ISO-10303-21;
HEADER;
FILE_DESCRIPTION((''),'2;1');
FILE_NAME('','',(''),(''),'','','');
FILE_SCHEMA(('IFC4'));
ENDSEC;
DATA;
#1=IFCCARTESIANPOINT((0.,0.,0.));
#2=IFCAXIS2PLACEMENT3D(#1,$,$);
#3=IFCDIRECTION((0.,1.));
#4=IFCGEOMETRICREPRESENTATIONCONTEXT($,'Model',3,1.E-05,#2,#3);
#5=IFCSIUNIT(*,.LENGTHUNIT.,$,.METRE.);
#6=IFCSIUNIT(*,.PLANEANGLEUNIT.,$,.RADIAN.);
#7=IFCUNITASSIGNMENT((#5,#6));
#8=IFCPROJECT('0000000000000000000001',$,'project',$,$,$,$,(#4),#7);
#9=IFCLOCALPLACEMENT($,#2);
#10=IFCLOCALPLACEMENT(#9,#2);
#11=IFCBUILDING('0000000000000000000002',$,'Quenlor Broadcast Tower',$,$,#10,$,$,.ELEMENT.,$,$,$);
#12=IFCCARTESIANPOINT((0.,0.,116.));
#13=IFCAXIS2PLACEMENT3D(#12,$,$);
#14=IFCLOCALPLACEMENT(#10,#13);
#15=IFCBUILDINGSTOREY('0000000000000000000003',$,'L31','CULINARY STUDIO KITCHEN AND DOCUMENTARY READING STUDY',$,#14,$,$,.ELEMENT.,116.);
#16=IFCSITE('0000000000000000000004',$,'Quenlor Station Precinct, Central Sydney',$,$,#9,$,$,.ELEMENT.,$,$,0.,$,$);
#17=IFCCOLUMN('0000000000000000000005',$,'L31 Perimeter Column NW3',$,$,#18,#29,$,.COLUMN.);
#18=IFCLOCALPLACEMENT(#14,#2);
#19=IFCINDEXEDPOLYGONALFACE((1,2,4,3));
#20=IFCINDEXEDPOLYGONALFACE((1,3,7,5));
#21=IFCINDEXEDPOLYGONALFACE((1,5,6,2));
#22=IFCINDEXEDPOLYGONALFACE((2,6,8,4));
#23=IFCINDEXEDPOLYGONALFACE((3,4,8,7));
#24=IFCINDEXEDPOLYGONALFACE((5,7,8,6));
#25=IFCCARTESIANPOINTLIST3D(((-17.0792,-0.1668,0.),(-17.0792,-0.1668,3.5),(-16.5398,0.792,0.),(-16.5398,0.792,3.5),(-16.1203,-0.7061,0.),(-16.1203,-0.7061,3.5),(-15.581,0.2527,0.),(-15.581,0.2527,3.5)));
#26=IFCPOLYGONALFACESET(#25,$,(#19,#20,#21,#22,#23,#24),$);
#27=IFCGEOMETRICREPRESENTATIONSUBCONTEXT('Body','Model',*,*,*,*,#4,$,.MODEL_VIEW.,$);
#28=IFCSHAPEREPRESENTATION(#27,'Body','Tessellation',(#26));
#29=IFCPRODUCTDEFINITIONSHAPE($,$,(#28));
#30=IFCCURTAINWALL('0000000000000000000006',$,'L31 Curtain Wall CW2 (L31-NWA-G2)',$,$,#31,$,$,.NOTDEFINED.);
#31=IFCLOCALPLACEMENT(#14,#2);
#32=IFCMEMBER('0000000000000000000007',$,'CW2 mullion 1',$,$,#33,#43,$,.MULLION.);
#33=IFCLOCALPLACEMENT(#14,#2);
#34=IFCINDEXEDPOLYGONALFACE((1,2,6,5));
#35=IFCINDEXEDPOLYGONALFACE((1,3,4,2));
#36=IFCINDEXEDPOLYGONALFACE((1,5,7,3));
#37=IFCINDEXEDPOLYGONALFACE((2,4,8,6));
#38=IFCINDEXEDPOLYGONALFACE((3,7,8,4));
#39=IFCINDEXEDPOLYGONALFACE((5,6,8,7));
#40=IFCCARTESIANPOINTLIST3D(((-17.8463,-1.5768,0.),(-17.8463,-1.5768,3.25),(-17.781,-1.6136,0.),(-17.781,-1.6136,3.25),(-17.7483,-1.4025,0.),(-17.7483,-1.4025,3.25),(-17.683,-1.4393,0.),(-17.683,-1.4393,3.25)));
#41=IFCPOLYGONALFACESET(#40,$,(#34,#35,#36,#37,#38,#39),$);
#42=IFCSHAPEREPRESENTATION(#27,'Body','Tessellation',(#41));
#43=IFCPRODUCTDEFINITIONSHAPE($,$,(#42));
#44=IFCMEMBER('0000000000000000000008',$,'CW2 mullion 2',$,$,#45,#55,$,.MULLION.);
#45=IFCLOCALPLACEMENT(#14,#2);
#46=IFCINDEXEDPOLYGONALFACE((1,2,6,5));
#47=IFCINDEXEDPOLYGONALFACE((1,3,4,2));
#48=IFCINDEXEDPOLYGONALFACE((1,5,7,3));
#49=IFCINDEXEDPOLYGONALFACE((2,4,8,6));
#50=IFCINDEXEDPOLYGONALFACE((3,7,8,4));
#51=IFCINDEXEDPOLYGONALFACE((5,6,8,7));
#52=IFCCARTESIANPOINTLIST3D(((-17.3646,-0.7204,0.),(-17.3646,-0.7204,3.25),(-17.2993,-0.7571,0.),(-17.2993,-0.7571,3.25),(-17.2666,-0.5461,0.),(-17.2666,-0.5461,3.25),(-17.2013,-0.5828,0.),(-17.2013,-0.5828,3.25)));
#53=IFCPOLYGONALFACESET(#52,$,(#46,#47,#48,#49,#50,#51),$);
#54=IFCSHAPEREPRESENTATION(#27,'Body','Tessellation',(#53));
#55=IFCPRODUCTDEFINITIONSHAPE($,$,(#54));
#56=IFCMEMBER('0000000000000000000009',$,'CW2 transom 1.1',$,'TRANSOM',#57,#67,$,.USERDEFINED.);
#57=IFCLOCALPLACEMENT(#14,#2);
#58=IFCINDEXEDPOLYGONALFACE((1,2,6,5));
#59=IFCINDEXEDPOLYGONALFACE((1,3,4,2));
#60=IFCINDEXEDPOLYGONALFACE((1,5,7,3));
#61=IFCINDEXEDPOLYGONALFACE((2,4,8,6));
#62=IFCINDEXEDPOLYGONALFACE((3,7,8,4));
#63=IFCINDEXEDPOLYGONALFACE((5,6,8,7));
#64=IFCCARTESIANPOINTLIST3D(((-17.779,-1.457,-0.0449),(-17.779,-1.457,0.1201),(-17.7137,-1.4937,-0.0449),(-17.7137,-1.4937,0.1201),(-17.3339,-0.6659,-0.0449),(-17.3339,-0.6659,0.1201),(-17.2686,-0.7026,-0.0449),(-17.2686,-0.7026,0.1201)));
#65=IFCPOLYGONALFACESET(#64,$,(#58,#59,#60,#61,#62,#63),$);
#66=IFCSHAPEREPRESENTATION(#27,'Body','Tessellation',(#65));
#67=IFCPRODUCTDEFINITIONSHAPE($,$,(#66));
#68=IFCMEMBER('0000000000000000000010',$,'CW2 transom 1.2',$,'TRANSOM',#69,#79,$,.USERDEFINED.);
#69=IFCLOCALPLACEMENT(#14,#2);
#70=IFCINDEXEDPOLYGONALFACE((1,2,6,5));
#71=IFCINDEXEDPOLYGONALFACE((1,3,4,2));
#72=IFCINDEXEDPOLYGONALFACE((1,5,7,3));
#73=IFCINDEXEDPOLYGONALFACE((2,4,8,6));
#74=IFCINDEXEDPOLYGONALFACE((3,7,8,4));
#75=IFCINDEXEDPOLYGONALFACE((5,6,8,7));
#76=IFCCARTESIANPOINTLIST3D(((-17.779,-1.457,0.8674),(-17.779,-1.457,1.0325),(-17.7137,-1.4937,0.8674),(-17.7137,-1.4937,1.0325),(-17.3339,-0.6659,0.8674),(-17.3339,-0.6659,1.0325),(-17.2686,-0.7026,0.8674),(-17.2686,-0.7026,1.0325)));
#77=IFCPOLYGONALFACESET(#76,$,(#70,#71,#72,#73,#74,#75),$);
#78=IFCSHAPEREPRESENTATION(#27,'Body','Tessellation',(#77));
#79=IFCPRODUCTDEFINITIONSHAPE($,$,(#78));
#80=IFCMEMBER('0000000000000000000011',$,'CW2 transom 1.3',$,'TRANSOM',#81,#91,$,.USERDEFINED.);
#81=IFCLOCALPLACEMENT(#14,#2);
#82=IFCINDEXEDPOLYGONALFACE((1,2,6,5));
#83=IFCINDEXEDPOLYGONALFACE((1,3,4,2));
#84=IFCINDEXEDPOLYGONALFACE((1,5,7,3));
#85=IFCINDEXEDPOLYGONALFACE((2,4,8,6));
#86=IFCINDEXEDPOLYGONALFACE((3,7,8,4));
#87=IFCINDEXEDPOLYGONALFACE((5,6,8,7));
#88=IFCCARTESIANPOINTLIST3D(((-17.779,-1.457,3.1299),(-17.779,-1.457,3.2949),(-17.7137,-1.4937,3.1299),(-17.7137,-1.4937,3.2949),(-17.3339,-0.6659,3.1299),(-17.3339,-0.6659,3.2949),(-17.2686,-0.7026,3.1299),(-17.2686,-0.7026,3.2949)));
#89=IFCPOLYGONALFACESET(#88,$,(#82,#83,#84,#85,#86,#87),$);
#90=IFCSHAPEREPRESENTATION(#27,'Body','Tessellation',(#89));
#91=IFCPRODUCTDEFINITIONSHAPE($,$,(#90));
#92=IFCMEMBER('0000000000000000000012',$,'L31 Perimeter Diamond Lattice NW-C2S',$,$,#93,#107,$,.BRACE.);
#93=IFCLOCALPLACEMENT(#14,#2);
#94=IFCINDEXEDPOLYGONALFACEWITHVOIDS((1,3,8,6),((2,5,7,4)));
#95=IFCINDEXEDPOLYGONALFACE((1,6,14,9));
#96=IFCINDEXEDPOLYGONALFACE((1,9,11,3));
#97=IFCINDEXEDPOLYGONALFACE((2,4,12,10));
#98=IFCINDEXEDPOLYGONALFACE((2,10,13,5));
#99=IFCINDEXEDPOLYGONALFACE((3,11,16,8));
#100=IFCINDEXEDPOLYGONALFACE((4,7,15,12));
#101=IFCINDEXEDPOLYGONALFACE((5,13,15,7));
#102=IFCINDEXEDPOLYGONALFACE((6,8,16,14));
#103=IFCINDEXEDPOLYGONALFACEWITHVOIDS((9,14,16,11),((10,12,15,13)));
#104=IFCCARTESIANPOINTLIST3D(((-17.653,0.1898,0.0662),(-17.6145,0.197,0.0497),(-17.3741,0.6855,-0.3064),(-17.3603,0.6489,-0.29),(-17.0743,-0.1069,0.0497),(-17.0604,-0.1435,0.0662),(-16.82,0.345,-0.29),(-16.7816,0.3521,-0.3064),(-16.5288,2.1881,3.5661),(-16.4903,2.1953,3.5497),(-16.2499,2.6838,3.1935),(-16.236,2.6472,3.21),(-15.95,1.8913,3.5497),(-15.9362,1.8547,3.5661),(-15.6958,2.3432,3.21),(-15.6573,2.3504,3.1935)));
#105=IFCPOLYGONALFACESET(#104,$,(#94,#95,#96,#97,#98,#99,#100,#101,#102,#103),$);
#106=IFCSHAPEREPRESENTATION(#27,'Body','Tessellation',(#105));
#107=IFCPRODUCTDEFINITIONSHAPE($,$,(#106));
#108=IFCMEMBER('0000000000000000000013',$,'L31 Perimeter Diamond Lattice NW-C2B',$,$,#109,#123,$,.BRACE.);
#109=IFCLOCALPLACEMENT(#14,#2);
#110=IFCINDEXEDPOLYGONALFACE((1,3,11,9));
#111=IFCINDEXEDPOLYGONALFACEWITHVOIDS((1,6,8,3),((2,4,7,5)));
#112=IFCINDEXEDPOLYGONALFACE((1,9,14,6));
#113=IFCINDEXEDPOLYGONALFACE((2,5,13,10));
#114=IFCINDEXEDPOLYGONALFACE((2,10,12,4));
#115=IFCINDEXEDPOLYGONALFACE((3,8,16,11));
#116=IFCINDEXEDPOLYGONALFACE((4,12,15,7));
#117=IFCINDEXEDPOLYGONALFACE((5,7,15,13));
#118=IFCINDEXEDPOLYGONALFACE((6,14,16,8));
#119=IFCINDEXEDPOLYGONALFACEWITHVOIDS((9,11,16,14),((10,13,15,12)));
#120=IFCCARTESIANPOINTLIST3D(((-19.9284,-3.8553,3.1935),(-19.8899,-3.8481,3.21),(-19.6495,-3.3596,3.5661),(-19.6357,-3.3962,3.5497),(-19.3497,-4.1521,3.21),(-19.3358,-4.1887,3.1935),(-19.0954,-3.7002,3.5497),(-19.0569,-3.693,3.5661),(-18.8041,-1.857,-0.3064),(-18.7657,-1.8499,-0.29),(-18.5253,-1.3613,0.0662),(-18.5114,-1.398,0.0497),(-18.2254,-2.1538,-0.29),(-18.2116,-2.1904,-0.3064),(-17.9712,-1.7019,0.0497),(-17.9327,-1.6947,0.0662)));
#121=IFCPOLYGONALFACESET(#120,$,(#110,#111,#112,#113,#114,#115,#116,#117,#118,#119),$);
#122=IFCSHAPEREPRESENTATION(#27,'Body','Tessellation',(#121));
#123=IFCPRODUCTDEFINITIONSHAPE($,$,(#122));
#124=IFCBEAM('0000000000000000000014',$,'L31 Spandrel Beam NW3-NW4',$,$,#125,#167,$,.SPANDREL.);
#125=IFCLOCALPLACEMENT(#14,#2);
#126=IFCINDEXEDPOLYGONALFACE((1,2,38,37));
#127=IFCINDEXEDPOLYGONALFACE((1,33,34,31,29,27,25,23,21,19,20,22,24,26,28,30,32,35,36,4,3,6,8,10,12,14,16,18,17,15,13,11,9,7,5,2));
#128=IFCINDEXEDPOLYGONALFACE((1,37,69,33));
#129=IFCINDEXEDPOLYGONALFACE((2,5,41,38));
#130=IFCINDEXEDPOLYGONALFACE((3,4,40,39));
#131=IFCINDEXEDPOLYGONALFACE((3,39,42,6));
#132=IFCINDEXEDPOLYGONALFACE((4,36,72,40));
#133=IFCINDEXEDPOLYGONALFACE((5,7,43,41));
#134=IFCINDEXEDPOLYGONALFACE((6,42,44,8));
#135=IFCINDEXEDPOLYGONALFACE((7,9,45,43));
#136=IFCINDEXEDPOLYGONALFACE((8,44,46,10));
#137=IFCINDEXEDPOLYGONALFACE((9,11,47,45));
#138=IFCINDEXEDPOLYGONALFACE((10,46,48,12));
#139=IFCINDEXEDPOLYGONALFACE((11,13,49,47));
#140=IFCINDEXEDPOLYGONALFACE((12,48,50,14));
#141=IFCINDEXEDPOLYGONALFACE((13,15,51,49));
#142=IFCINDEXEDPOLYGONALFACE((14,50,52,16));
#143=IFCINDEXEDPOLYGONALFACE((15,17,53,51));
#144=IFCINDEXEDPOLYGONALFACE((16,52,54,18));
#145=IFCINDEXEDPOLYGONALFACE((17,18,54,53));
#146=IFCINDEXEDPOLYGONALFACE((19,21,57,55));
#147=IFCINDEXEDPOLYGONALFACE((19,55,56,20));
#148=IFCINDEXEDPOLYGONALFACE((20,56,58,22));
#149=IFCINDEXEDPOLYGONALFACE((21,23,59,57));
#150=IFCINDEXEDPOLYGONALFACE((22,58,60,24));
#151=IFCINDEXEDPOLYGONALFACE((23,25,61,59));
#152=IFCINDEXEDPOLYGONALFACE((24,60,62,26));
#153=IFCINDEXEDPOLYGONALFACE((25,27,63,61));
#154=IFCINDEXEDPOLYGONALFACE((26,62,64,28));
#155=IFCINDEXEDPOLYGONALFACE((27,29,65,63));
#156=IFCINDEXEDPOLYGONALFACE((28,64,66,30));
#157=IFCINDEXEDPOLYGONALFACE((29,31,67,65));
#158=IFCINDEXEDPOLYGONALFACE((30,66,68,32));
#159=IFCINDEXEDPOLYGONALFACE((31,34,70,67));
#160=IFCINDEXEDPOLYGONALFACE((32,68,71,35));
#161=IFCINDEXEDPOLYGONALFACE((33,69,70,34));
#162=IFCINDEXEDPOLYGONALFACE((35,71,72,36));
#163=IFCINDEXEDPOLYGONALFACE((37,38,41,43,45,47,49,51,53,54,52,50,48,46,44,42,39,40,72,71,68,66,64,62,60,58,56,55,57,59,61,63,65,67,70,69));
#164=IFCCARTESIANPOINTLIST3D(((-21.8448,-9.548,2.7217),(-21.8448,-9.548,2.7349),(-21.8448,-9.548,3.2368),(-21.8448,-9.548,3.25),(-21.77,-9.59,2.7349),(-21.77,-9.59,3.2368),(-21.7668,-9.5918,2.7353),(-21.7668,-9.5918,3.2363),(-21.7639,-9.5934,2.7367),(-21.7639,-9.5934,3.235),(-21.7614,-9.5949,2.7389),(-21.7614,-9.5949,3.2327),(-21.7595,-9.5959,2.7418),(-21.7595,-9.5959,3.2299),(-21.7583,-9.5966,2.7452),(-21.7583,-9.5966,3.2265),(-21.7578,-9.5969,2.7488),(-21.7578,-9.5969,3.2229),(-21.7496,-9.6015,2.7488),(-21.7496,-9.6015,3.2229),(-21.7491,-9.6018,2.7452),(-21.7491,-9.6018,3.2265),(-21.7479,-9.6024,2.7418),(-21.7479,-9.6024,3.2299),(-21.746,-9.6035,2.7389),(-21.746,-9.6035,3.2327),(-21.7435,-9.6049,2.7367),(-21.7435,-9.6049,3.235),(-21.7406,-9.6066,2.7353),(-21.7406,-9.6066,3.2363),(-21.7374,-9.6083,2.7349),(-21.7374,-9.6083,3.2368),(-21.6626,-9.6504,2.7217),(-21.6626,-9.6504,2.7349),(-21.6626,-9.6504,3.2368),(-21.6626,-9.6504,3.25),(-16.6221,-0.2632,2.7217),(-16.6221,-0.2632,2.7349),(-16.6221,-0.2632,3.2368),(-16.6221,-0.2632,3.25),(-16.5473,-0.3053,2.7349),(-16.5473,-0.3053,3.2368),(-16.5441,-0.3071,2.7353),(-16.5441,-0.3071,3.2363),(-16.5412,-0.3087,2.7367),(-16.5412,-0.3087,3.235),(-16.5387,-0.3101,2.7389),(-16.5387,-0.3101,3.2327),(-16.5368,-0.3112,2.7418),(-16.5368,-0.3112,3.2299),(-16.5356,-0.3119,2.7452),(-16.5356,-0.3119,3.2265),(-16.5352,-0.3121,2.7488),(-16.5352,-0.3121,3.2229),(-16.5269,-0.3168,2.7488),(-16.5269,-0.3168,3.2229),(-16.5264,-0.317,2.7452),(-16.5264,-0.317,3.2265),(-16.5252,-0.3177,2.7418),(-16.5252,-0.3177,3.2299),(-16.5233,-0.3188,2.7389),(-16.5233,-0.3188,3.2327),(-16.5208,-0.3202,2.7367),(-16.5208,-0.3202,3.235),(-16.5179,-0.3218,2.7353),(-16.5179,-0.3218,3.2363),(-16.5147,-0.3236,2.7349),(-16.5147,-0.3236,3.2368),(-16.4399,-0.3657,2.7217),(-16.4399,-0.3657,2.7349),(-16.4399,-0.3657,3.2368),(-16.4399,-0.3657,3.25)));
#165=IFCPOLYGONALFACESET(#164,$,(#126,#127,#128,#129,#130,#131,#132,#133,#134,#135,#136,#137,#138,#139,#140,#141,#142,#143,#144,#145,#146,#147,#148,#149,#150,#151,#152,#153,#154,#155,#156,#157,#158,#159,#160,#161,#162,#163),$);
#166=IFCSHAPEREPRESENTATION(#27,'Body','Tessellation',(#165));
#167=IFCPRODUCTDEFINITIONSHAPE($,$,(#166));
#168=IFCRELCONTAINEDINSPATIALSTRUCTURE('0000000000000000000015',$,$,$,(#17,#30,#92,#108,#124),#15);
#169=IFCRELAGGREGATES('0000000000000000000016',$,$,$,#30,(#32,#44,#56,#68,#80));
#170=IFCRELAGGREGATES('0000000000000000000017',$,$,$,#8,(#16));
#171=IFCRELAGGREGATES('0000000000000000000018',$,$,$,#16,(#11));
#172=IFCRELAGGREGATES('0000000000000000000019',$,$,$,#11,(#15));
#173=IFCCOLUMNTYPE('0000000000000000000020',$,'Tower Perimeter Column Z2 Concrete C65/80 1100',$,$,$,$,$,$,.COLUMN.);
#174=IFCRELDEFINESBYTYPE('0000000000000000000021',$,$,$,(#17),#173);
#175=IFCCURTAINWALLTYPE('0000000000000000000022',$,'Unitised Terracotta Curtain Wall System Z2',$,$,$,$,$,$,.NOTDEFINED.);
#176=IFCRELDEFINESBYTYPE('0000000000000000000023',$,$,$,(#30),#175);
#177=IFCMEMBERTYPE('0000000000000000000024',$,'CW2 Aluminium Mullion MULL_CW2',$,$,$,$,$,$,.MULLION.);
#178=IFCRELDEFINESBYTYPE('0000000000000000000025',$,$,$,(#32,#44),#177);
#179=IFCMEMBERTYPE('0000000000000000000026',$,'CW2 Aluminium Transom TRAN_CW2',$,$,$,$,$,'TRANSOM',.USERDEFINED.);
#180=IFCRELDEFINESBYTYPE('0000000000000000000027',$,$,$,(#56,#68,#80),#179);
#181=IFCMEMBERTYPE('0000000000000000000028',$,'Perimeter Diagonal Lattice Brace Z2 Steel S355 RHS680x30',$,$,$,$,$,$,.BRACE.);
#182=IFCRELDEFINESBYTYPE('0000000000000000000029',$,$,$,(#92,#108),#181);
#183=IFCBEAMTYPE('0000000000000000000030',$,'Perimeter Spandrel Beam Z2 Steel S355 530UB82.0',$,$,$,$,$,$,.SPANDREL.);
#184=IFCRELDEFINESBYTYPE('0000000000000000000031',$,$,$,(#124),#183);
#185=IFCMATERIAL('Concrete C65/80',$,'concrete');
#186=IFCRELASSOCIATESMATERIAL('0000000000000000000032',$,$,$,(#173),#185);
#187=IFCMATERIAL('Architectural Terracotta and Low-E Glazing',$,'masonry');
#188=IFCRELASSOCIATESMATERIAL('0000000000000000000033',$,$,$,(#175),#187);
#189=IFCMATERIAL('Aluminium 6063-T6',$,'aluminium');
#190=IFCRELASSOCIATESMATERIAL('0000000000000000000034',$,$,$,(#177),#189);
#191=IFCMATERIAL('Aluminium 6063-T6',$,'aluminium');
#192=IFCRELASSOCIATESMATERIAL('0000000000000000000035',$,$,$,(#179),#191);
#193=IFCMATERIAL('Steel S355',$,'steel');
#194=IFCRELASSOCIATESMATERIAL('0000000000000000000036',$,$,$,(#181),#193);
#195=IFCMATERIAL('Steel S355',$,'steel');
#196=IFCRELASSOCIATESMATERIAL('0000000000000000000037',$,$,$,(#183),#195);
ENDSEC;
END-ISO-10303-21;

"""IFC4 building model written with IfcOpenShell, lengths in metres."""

from ifc_helpers import new_model, si_unit, direction, frame, origin, origin_2d, place, context, subcontext, project, spatial, rectangle, hollow_rectangle, i_section, extrude, material, material_profile, profile_set, type_object, element, aggregate, save


model = new_model("IFC4")

# Units and contexts
model_context = context("Model", 3, precision=1e-05, world=origin(), true_north=direction((0.0, 1.0)))
body_context = subcontext(model_context, "Body", "Model", "MODEL_VIEW")
ifc_project = project(units=[si_unit("LENGTHUNIT", "METRE"), si_unit("PLANEANGLEUNIT", "RADIAN")], contexts=[model_context])

# Site, building, storey
site_placement = place(None, origin())
site = spatial("IfcSite", under=ifc_project, at=site_placement, Name="Quenlor Station Precinct, Central Sydney", CompositionType="ELEMENT", RefElevation=0.0)
building_placement = place(site_placement, origin())
building = spatial("IfcBuilding", under=site, at=building_placement, Name="Quenlor Broadcast Tower", CompositionType="ELEMENT")
storey_placement = place(building_placement, frame((0.0, 0.0, 116.0)))
storey = spatial("IfcBuildingStorey", under=building, at=storey_placement, Name="L31", Description="CULINARY STUDIO KITCHEN AND DOCUMENTARY READING STUDY", CompositionType="ELEMENT", Elevation=116.0)

# Column
ifc_material_1 = material(Name="Concrete C65/80", Category="concrete")
ifc_material_profile_1 = material_profile(ifc_material_1, rectangle(XDim=1.1001, YDim=1.1001, at=origin_2d()))
ifc_profile_set_1 = profile_set([ifc_material_profile_1], Name="Concrete C65/80 RC1100x1100")
column_type = type_object("IfcColumnType", Name="Tower Perimeter Column Z2 Concrete C65/80 1100", PredefinedType="COLUMN", material=ifc_profile_set_1)
column_placement = place(storey_placement, frame((-16.3301, 0.043, 0.0), z_axis=(0.0, 0.0, 1.0), x_axis=(-0.871575, 0.490262, 0.0)))
element("IfcColumn", 1, at=column_placement, inside=storey, type_object=column_type, Name="L31 Perimeter Column NW3", PredefinedType="COLUMN", context=body_context, shape_type="SweptSolid", body=[
    extrude(rectangle(XDim=1.1001, YDim=1.1001, at=origin_2d()), origin(), (0.0, 0.0, 1.0), 3.5),
])

# Curtain wall, members
ifc_material_2 = material(Name="Architectural Terracotta and Low-E Glazing", Category="masonry")
curtain_wall_type = type_object("IfcCurtainWallType", Name="Unitised Terracotta Curtain Wall System Z2", PredefinedType="NOTDEFINED", material=ifc_material_2)
curtain_wall_placement = place(storey_placement, origin())
curtain_wall = element("IfcCurtainWall", 2, at=curtain_wall_placement, inside=storey, type_object=curtain_wall_type, Name="L31 Curtain Wall CW2 (L31-NWA-G2)", PredefinedType="NOTDEFINED")
ifc_material_3 = material(Name="Aluminium 6063-T6", Category="aluminium")
ifc_material_profile_2 = material_profile(ifc_material_3, rectangle(XDim=0.075, YDim=0.2, at=origin_2d()))
ifc_profile_set_2 = profile_set([ifc_material_profile_2], Name="Aluminium 6063-T6 MULL75x200")
member_type_1 = type_object("IfcMemberType", Name="CW2 Aluminium Mullion MULL_CW2", PredefinedType="MULLION", material=ifc_profile_set_2)
member_1_placement = place(storey_placement, frame((-17.7646, -1.5081, 0.0), z_axis=(0.0, 0.0, 1.0), x_axis=(-0.871581, 0.490252, 0.0)))
member_1 = element("IfcMember", 3, at=member_1_placement, type_object=member_type_1, Name="CW2 mullion 1", PredefinedType="MULLION", context=body_context, shape_type="SweptSolid", body=[
    extrude(rectangle(XDim=0.075, YDim=0.2, at=origin_2d()), origin(), (0.0, 0.0, 1.0), 3.25),
])
member_2_placement = place(storey_placement, frame((-17.283, -0.6516, 0.0), z_axis=(0.0, 0.0, 1.0), x_axis=(-0.871581, 0.490252, 0.0)))
member_2 = element("IfcMember", 4, at=member_2_placement, type_object=member_type_1, Name="CW2 mullion 2", PredefinedType="MULLION", context=body_context, shape_type="SweptSolid", body=[
    extrude(rectangle(XDim=0.075, YDim=0.2, at=origin_2d()), origin(), (0.0, 0.0, 1.0), 3.25),
])
ifc_material_4 = material(Name="Aluminium 6063-T6", Category="aluminium")
ifc_material_profile_3 = material_profile(ifc_material_4, rectangle(XDim=0.075, YDim=0.165, at=origin_2d()))
ifc_profile_set_3 = profile_set([ifc_material_profile_3], Name="Aluminium 6063-T6 TRAN75x165")
member_type_2 = type_object("IfcMemberType", Name="CW2 Aluminium Transom TRAN_CW2", ElementType="TRANSOM", PredefinedType="USERDEFINED", material=ifc_profile_set_3)
member_3_placement = place(storey_placement, frame((-17.7463, -1.4753, 0.0376), z_axis=(0.490363, 0.871518, 0.0), x_axis=(-0.871518, 0.490363, 0.0)))
member_3 = element("IfcMember", 5, at=member_3_placement, type_object=member_type_2, Name="CW2 transom 1.1", ObjectType="TRANSOM", PredefinedType="USERDEFINED", context=body_context, shape_type="SweptSolid", body=[
    extrude(rectangle(XDim=0.075, YDim=0.165, at=origin_2d()), origin(), (0.0, 0.0, 1.0), 0.9077),
])
member_4_placement = place(storey_placement, frame((-17.7463, -1.4753, 0.95), z_axis=(0.490363, 0.871518, 0.0), x_axis=(-0.871518, 0.490363, 0.0)))
member_4 = element("IfcMember", 6, at=member_4_placement, type_object=member_type_2, Name="CW2 transom 1.2", ObjectType="TRANSOM", PredefinedType="USERDEFINED", context=body_context, shape_type="SweptSolid", body=[
    extrude(rectangle(XDim=0.075, YDim=0.165, at=origin_2d()), origin(), (0.0, 0.0, 1.0), 0.9077),
])
member_5_placement = place(storey_placement, frame((-17.7463, -1.4753, 3.2124), z_axis=(0.490363, 0.871518, 0.0), x_axis=(-0.871518, 0.490363, 0.0)))
member_5 = element("IfcMember", 7, at=member_5_placement, type_object=member_type_2, Name="CW2 transom 1.3", ObjectType="TRANSOM", PredefinedType="USERDEFINED", context=body_context, shape_type="SweptSolid", body=[
    extrude(rectangle(XDim=0.075, YDim=0.165, at=origin_2d()), origin(), (0.0, 0.0, 1.0), 0.9077),
])

# Members
ifc_material_5 = material(Name="Steel S355", Category="steel")
ifc_material_profile_4 = material_profile(ifc_material_5, hollow_rectangle(XDim=0.6799, YDim=0.6799, WallThickness=0.03, at=origin_2d()))
ifc_profile_set_4 = profile_set([ifc_material_profile_4], Name="Steel S355 RHS680x680x30")
member_type_3 = type_object("IfcMemberType", Name="Perimeter Diagonal Lattice Brace Z2 Steel S355 RHS680x30", PredefinedType="BRACE", material=ifc_profile_set_4)
for number, where, z_axis, x_axis, name in (
    (8, (-17.2173, 0.271, -0.1201), (0.268697, 0.477585, 0.836489), (-0.871533, 0.490337, 0.0), "L31 Perimeter Diamond Lattice NW-C2S"),
    (9, (-18.3684, -1.7759, -0.1201), (-0.268697, -0.477585, 0.836489), (0.871533, -0.490337, 0.0), "L31 Perimeter Diamond Lattice NW-C2B"),
):
    element("IfcMember", number, at=place(storey_placement, frame(where, z_axis=z_axis, x_axis=x_axis)), inside=storey, type_object=member_type_3, Name=name, PredefinedType="BRACE", context=body_context, shape_type="SweptSolid", body=[
        extrude(hollow_rectangle(XDim=0.6799, YDim=0.6799, WallThickness=0.03, at=origin_2d()), origin(), (0.0, 0.0, 1.0), 4.1841),
    ])

# Beam
ifc_material_6 = material(Name="Steel S355", Category="steel")
ifc_material_profile_5 = material_profile(ifc_material_6, i_section(OverallWidth=0.209, OverallDepth=0.5283, WebThickness=0.0095, FlangeThickness=0.0132, FilletRadius=0.0139, at=origin_2d()))
ifc_profile_set_5 = profile_set([ifc_material_profile_5], Name="Steel S355 530UB82.0")
beam_type_1 = type_object("IfcBeamType", Name="Perimeter Spandrel Beam Z2 Steel S355 530UB82.0", PredefinedType="SPANDREL", material=ifc_profile_set_5)
beam_1_placement = place(storey_placement, frame((-16.531, -0.3145, 2.9858), z_axis=(-0.490263, -0.871574, 0.0), x_axis=(0.871574, -0.490263, 0.0)))
element("IfcBeam", 10, at=beam_1_placement, inside=storey, type_object=beam_type_1, Name="L31 Spandrel Beam NW3-NW4", PredefinedType="SPANDREL", context=body_context, shape_type="SweptSolid", body=[
    extrude(i_section(OverallWidth=0.209, OverallDepth=0.5283, WebThickness=0.0095, FlangeThickness=0.0132, FilletRadius=0.0139, at=origin_2d()), origin(), (0.0, 0.0, 1.0), 10.6528),
])

aggregate(curtain_wall, [member_1, member_2, member_3, member_4, member_5])

save(model, "model.ifc")
